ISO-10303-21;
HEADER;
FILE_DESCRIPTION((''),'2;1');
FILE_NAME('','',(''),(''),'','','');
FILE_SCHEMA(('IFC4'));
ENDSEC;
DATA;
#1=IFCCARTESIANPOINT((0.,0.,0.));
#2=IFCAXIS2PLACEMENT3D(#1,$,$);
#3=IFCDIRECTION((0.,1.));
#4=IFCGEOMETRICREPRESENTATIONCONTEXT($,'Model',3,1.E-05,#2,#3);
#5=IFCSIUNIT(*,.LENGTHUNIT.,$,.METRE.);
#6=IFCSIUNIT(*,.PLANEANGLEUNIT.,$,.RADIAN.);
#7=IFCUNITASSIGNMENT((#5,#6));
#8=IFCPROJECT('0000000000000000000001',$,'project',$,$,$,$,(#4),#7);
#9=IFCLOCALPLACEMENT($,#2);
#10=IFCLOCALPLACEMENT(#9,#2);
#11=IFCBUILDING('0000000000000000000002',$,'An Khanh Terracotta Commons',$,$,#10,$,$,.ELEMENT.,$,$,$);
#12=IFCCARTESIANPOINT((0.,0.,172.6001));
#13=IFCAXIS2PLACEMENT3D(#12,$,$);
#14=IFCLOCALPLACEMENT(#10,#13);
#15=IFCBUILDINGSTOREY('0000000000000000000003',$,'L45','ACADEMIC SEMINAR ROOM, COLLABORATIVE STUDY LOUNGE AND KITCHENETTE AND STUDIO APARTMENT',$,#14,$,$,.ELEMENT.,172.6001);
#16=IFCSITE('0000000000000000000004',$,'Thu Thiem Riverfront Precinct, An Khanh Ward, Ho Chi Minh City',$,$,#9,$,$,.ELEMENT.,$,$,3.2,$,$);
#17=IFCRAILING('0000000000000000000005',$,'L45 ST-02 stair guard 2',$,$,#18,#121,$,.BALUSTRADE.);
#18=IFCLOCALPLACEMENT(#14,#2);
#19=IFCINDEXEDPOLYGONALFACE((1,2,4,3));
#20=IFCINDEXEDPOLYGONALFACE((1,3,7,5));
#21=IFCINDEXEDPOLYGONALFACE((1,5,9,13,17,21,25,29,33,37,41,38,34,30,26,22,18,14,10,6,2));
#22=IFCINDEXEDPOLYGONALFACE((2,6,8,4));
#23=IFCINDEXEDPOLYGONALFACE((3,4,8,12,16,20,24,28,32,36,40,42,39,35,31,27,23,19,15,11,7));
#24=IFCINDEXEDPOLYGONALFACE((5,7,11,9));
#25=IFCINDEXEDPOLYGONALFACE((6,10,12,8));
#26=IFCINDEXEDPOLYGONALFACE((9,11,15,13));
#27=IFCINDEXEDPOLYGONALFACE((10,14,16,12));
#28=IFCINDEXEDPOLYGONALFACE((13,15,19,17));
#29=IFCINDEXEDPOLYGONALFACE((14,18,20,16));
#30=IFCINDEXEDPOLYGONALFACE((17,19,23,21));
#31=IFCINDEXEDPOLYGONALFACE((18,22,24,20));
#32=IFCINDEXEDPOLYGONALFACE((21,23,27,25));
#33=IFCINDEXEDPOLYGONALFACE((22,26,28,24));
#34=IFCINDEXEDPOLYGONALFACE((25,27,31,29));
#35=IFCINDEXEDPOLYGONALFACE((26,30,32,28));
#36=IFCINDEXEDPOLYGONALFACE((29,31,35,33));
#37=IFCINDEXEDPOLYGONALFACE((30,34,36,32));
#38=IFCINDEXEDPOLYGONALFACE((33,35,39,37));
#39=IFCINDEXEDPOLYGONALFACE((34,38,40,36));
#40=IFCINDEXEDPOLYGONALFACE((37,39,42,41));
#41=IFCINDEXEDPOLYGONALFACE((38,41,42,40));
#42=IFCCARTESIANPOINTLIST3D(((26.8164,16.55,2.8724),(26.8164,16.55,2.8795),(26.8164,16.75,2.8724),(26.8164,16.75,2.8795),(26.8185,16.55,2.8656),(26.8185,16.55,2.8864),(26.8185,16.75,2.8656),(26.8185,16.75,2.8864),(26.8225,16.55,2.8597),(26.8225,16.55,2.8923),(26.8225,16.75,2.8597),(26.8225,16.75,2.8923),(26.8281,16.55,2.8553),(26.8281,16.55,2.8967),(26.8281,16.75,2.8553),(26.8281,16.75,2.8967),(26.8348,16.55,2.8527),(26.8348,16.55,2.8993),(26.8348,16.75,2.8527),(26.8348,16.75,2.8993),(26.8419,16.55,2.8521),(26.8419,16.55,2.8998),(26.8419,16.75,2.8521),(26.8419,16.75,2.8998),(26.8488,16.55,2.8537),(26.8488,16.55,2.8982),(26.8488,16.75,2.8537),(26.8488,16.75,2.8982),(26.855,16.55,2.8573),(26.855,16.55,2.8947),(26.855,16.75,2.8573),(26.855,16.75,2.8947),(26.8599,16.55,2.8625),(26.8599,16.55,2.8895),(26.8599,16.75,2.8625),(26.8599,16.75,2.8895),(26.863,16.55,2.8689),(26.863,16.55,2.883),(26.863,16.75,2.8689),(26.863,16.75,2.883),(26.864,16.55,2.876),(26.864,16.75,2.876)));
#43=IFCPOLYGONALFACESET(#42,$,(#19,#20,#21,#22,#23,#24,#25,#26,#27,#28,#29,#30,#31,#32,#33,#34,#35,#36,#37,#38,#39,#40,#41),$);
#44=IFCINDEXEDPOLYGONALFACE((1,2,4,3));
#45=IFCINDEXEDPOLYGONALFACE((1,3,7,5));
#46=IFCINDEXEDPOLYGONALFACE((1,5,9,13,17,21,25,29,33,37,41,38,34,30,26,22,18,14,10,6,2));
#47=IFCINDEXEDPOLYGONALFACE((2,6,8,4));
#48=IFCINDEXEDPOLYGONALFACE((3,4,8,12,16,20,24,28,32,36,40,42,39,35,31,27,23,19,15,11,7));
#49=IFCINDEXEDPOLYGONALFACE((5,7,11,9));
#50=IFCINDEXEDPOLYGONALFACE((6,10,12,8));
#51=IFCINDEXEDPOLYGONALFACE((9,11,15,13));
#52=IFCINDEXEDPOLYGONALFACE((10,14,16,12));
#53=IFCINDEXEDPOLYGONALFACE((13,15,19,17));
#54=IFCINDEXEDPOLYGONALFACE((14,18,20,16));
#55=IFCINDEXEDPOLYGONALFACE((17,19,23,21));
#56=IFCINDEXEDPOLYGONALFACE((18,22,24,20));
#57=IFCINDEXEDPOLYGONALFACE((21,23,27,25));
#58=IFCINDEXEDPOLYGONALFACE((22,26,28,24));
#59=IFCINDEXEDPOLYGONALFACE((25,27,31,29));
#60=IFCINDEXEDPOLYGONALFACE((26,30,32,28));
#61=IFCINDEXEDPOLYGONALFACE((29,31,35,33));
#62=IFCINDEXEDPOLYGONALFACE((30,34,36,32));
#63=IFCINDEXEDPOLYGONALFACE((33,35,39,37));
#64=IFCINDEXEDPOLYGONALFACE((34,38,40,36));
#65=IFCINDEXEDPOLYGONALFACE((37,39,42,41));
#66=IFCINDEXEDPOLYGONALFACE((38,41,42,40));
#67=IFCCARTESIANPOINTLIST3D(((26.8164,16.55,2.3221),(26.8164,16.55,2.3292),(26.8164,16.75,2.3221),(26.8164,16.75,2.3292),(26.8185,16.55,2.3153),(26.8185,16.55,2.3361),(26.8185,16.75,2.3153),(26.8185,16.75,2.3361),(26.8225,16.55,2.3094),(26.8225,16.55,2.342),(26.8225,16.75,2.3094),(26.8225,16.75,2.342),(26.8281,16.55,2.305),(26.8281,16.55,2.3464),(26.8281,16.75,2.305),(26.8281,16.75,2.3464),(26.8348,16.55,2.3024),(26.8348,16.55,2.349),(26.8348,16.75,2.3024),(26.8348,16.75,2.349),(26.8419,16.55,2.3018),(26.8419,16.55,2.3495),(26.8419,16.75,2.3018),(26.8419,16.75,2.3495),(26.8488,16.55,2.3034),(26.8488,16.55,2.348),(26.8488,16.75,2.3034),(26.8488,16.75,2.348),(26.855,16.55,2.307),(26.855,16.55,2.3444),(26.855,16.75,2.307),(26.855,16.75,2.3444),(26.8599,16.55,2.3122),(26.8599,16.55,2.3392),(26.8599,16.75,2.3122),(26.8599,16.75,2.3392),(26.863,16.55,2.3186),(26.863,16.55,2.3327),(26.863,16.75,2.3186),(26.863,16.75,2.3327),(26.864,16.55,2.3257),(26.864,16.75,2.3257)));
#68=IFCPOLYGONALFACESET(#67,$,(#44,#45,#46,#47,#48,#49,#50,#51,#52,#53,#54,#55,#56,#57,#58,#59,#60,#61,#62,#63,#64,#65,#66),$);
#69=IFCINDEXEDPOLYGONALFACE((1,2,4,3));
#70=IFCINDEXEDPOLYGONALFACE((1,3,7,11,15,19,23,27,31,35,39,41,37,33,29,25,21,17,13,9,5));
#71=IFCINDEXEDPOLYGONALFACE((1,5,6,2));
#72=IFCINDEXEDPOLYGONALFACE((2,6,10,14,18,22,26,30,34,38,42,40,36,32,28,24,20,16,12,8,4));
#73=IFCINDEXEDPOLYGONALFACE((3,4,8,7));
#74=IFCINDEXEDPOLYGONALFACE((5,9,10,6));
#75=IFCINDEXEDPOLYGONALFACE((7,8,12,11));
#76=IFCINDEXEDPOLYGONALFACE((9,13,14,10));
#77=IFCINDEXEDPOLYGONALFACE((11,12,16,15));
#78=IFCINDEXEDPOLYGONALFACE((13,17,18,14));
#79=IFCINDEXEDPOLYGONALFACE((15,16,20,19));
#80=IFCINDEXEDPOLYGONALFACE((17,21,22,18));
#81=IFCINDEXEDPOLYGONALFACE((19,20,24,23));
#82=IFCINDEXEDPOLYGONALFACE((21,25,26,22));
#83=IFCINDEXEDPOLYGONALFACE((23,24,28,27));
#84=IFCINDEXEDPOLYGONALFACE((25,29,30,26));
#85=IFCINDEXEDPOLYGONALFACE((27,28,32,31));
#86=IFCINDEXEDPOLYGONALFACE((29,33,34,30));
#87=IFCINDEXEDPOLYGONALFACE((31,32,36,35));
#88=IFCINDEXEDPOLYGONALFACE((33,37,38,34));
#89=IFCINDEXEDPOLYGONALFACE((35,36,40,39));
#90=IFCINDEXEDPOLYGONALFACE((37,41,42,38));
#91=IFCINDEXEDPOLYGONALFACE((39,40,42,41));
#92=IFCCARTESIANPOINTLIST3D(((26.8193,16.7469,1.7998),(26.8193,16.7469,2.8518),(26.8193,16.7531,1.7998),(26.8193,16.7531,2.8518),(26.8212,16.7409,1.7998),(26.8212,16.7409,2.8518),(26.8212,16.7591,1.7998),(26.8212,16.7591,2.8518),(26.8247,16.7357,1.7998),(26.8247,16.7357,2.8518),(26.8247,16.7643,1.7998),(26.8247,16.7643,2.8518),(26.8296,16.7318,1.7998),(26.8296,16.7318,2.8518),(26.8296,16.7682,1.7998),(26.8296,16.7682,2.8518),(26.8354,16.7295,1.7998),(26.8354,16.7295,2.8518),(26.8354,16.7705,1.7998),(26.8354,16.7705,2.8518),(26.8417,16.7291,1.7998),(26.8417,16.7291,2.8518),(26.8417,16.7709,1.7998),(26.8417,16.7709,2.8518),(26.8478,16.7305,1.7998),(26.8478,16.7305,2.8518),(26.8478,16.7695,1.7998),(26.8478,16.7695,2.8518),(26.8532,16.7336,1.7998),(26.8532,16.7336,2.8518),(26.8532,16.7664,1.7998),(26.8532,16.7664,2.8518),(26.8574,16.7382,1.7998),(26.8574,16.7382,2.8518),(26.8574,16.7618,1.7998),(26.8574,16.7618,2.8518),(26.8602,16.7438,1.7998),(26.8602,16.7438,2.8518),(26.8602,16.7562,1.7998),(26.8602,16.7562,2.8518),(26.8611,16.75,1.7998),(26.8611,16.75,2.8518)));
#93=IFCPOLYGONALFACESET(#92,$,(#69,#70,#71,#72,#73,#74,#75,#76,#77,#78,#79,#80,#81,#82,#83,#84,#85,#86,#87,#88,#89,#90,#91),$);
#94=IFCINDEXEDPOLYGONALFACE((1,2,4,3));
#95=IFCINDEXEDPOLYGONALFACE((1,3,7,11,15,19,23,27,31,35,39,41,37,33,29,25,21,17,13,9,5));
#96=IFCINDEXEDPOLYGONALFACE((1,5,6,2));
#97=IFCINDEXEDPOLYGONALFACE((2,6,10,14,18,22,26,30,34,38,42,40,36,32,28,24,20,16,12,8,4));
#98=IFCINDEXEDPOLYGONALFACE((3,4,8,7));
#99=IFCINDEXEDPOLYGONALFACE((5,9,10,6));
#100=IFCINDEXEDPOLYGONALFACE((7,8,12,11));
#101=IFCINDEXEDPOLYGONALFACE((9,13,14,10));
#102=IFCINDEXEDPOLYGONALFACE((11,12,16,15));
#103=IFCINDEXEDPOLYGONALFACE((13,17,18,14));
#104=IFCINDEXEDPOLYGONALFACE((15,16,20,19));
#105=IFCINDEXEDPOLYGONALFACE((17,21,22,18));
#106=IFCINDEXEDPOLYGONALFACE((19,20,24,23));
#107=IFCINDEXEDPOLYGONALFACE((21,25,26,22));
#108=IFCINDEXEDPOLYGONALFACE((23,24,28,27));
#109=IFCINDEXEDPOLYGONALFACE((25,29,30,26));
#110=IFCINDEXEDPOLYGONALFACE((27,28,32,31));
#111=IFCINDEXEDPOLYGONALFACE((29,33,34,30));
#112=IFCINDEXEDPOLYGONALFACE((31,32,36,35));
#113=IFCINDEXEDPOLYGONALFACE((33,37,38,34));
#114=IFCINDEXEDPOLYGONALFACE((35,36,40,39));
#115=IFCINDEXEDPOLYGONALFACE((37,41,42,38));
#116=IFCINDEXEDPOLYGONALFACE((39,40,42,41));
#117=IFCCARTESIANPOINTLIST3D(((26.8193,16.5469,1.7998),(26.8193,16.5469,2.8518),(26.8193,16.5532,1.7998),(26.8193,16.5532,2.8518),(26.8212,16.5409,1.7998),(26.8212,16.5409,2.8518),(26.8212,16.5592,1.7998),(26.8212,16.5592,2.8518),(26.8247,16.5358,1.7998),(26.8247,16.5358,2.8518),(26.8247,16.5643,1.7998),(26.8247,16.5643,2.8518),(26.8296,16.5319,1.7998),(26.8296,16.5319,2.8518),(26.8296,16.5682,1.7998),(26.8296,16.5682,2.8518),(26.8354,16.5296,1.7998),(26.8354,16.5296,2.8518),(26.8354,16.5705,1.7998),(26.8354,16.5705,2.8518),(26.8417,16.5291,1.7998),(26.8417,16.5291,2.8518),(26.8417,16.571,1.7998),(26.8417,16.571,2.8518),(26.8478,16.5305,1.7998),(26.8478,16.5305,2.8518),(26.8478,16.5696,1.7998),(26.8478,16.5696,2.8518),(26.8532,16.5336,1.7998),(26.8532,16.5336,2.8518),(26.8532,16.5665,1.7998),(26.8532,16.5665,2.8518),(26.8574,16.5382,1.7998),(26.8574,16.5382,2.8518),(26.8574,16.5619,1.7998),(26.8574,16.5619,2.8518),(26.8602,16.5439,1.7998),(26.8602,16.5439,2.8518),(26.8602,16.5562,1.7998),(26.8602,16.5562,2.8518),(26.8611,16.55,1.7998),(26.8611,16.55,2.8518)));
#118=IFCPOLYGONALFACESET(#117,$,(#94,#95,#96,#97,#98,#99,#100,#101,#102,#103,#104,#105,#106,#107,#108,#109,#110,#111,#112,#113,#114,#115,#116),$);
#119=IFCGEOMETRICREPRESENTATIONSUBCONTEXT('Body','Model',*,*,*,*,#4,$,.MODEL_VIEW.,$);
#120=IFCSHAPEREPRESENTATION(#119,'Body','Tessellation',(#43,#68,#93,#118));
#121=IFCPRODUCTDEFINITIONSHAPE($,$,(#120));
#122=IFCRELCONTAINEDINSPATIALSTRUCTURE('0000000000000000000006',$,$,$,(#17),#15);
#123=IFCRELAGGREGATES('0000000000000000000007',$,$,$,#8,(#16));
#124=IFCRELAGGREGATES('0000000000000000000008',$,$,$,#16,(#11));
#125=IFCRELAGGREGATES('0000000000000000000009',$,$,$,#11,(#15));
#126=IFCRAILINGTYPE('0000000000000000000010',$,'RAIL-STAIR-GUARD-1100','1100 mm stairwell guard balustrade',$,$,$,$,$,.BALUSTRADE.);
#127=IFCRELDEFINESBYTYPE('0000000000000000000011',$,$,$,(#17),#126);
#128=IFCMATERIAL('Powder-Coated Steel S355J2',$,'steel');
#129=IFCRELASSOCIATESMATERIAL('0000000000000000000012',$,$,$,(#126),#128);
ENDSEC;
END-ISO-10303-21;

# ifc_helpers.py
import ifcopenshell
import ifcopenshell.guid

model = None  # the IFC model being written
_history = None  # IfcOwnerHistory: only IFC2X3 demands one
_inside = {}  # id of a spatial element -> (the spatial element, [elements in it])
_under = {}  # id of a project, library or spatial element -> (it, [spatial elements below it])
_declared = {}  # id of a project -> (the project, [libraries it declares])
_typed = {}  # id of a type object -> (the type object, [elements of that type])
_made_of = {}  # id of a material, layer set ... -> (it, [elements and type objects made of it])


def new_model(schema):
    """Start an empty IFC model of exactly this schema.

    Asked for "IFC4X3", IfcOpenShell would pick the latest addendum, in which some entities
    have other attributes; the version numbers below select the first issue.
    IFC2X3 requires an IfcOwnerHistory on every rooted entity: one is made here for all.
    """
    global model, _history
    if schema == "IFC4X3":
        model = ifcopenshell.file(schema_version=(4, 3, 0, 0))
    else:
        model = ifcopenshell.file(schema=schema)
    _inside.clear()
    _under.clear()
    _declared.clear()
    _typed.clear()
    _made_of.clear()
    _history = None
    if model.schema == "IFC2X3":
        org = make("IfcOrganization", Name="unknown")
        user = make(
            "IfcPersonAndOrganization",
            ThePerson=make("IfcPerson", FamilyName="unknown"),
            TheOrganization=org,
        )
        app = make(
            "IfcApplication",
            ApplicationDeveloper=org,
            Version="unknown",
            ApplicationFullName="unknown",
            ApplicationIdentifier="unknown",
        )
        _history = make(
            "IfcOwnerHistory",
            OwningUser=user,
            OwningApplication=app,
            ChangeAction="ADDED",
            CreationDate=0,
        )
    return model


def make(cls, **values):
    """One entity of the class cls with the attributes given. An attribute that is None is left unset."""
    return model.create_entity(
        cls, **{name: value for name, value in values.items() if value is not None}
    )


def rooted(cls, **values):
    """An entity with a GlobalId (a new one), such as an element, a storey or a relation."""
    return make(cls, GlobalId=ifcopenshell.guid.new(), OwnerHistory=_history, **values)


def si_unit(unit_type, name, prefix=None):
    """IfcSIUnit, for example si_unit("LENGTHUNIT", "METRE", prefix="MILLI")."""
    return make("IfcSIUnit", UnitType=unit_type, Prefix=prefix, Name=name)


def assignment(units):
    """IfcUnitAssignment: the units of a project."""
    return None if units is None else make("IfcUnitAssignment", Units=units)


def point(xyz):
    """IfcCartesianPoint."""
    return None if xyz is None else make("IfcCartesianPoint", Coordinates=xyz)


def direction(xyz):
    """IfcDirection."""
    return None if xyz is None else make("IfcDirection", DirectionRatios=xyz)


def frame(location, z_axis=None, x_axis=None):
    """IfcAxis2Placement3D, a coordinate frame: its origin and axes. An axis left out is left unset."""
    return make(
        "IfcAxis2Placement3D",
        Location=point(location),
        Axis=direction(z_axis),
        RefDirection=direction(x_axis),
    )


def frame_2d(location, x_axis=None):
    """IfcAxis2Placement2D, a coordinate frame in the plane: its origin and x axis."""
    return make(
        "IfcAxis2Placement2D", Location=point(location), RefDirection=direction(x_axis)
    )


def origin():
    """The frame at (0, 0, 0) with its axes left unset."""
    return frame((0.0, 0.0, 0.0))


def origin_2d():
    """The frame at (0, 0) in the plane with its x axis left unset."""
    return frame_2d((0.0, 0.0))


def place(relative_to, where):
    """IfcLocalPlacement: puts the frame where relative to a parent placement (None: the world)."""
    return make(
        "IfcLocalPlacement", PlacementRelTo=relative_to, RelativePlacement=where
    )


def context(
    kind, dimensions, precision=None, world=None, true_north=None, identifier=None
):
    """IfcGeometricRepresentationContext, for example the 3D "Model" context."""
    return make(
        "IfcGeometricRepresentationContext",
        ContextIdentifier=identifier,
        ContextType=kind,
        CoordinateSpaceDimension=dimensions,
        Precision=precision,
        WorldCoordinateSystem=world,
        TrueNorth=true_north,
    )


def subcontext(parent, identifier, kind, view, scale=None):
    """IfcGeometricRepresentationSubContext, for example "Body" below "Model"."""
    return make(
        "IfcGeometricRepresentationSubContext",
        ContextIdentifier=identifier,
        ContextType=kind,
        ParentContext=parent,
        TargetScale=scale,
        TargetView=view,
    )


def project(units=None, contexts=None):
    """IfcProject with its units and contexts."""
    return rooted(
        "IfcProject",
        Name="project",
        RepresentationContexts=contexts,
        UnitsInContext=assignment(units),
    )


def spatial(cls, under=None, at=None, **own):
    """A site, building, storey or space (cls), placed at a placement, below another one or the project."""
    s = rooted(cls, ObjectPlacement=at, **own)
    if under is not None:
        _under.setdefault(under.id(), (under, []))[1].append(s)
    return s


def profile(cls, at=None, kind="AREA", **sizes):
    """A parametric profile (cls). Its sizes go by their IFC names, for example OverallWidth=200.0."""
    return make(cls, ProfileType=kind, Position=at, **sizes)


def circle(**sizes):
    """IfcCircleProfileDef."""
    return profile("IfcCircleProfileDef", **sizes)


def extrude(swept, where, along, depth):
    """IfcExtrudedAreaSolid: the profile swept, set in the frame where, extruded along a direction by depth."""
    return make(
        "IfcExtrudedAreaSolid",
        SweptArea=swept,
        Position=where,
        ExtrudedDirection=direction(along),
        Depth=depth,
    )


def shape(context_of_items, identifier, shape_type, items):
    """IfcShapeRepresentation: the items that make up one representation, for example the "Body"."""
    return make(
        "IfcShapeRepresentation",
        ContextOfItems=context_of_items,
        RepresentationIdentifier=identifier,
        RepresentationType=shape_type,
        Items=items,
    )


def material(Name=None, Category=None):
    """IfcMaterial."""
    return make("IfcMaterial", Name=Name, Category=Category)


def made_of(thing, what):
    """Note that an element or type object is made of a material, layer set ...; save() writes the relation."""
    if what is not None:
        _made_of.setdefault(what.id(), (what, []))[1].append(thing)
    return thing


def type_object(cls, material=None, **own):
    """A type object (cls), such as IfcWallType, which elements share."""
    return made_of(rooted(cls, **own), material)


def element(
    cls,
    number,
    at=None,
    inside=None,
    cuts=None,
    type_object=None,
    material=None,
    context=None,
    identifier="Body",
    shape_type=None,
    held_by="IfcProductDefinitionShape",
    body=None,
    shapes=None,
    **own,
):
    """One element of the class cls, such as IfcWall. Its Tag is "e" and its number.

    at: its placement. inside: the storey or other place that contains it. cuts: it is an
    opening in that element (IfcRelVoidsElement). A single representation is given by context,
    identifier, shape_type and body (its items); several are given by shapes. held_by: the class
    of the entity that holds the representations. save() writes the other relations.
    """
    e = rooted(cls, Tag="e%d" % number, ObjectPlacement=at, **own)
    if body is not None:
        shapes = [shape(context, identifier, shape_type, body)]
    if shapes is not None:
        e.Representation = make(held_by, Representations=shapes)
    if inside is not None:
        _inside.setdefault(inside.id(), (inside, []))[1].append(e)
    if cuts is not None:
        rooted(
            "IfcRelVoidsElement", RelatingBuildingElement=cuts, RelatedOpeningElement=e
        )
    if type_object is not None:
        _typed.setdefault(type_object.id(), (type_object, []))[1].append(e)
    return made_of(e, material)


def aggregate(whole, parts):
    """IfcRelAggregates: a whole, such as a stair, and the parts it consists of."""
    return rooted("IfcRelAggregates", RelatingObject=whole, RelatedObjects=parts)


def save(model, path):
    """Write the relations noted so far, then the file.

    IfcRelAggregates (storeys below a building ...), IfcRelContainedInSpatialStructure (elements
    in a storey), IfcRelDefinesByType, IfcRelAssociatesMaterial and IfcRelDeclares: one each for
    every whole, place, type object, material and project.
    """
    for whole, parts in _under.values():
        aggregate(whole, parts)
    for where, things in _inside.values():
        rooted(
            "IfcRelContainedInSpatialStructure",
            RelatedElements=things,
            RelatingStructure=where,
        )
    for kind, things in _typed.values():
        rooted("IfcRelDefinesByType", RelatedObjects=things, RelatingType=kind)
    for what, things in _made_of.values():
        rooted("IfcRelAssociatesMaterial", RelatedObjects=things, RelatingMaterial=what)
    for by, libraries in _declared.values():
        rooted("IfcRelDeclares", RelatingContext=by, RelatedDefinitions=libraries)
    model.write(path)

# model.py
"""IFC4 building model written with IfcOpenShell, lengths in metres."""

from ifc_helpers import new_model, si_unit, direction, frame, origin, origin_2d, place, context, subcontext, project, spatial, circle, extrude, material, type_object, element, save


model = new_model("IFC4")

# Units and contexts
model_context = context("Model", 3, precision=1e-05, world=origin(), true_north=direction((0.0, 1.0)))
body_context = subcontext(model_context, "Body", "Model", "MODEL_VIEW")
ifc_project = project(units=[si_unit("LENGTHUNIT", "METRE"), si_unit("PLANEANGLEUNIT", "RADIAN")], contexts=[model_context])

# Site, building, storey
site_placement = place(None, origin())
site = spatial("IfcSite", under=ifc_project, at=site_placement, Name="Thu Thiem Riverfront Precinct, An Khanh Ward, Ho Chi Minh City", CompositionType="ELEMENT", RefElevation=3.2)
building_placement = place(site_placement, origin())
building = spatial("IfcBuilding", under=site, at=building_placement, Name="An Khanh Terracotta Commons", CompositionType="ELEMENT")
storey_placement = place(building_placement, frame((0.0, 0.0, 172.6001)))
storey = spatial("IfcBuildingStorey", under=building, at=storey_placement, Name="L45", Description="ACADEMIC SEMINAR ROOM, COLLABORATIVE STUDY LOUNGE AND KITCHENETTE AND STUDIO APARTMENT", CompositionType="ELEMENT", Elevation=172.6001)

# Railing
ifc_material_1 = material(Name="Powder-Coated Steel S355J2", Category="steel")
railing_type_1 = type_object("IfcRailingType", Name="RAIL-STAIR-GUARD-1100", Description="1100 mm stairwell guard balustrade", PredefinedType="BALUSTRADE", material=ifc_material_1)
railing_1_placement = place(storey_placement, frame((26.8401, 16.75, 1.7998)))
element("IfcRailing", 1, at=railing_1_placement, inside=storey, type_object=railing_type_1, Name="L45 ST-02 stair guard 2", PredefinedType="BALUSTRADE", context=body_context, shape_type="SweptSolid", body=[
    extrude(circle(Radius=0.0239, at=origin_2d()), frame((0.0, 0.0, 1.0762), z_axis=(0.0, -1.0, 0.0), x_axis=(1.0, 0.0, 0.0)), (0.0, 0.0, 1.0), 0.2),
    extrude(circle(Radius=0.0239, at=origin_2d()), frame((0.0, 0.0, 0.5259), z_axis=(0.0, -1.0, 0.0), x_axis=(1.0, 0.0, 0.0)), (0.0, 0.0, 1.0), 0.2),
    extrude(circle(Radius=0.021, at=origin_2d()), origin(), (0.0, 0.0, 1.0), 1.052),
    extrude(circle(Radius=0.021, at=origin_2d()), frame((0.0, -0.2, 0.0)), (0.0, 0.0, 1.0), 1.052),
])

save(model, "model.ifc")
